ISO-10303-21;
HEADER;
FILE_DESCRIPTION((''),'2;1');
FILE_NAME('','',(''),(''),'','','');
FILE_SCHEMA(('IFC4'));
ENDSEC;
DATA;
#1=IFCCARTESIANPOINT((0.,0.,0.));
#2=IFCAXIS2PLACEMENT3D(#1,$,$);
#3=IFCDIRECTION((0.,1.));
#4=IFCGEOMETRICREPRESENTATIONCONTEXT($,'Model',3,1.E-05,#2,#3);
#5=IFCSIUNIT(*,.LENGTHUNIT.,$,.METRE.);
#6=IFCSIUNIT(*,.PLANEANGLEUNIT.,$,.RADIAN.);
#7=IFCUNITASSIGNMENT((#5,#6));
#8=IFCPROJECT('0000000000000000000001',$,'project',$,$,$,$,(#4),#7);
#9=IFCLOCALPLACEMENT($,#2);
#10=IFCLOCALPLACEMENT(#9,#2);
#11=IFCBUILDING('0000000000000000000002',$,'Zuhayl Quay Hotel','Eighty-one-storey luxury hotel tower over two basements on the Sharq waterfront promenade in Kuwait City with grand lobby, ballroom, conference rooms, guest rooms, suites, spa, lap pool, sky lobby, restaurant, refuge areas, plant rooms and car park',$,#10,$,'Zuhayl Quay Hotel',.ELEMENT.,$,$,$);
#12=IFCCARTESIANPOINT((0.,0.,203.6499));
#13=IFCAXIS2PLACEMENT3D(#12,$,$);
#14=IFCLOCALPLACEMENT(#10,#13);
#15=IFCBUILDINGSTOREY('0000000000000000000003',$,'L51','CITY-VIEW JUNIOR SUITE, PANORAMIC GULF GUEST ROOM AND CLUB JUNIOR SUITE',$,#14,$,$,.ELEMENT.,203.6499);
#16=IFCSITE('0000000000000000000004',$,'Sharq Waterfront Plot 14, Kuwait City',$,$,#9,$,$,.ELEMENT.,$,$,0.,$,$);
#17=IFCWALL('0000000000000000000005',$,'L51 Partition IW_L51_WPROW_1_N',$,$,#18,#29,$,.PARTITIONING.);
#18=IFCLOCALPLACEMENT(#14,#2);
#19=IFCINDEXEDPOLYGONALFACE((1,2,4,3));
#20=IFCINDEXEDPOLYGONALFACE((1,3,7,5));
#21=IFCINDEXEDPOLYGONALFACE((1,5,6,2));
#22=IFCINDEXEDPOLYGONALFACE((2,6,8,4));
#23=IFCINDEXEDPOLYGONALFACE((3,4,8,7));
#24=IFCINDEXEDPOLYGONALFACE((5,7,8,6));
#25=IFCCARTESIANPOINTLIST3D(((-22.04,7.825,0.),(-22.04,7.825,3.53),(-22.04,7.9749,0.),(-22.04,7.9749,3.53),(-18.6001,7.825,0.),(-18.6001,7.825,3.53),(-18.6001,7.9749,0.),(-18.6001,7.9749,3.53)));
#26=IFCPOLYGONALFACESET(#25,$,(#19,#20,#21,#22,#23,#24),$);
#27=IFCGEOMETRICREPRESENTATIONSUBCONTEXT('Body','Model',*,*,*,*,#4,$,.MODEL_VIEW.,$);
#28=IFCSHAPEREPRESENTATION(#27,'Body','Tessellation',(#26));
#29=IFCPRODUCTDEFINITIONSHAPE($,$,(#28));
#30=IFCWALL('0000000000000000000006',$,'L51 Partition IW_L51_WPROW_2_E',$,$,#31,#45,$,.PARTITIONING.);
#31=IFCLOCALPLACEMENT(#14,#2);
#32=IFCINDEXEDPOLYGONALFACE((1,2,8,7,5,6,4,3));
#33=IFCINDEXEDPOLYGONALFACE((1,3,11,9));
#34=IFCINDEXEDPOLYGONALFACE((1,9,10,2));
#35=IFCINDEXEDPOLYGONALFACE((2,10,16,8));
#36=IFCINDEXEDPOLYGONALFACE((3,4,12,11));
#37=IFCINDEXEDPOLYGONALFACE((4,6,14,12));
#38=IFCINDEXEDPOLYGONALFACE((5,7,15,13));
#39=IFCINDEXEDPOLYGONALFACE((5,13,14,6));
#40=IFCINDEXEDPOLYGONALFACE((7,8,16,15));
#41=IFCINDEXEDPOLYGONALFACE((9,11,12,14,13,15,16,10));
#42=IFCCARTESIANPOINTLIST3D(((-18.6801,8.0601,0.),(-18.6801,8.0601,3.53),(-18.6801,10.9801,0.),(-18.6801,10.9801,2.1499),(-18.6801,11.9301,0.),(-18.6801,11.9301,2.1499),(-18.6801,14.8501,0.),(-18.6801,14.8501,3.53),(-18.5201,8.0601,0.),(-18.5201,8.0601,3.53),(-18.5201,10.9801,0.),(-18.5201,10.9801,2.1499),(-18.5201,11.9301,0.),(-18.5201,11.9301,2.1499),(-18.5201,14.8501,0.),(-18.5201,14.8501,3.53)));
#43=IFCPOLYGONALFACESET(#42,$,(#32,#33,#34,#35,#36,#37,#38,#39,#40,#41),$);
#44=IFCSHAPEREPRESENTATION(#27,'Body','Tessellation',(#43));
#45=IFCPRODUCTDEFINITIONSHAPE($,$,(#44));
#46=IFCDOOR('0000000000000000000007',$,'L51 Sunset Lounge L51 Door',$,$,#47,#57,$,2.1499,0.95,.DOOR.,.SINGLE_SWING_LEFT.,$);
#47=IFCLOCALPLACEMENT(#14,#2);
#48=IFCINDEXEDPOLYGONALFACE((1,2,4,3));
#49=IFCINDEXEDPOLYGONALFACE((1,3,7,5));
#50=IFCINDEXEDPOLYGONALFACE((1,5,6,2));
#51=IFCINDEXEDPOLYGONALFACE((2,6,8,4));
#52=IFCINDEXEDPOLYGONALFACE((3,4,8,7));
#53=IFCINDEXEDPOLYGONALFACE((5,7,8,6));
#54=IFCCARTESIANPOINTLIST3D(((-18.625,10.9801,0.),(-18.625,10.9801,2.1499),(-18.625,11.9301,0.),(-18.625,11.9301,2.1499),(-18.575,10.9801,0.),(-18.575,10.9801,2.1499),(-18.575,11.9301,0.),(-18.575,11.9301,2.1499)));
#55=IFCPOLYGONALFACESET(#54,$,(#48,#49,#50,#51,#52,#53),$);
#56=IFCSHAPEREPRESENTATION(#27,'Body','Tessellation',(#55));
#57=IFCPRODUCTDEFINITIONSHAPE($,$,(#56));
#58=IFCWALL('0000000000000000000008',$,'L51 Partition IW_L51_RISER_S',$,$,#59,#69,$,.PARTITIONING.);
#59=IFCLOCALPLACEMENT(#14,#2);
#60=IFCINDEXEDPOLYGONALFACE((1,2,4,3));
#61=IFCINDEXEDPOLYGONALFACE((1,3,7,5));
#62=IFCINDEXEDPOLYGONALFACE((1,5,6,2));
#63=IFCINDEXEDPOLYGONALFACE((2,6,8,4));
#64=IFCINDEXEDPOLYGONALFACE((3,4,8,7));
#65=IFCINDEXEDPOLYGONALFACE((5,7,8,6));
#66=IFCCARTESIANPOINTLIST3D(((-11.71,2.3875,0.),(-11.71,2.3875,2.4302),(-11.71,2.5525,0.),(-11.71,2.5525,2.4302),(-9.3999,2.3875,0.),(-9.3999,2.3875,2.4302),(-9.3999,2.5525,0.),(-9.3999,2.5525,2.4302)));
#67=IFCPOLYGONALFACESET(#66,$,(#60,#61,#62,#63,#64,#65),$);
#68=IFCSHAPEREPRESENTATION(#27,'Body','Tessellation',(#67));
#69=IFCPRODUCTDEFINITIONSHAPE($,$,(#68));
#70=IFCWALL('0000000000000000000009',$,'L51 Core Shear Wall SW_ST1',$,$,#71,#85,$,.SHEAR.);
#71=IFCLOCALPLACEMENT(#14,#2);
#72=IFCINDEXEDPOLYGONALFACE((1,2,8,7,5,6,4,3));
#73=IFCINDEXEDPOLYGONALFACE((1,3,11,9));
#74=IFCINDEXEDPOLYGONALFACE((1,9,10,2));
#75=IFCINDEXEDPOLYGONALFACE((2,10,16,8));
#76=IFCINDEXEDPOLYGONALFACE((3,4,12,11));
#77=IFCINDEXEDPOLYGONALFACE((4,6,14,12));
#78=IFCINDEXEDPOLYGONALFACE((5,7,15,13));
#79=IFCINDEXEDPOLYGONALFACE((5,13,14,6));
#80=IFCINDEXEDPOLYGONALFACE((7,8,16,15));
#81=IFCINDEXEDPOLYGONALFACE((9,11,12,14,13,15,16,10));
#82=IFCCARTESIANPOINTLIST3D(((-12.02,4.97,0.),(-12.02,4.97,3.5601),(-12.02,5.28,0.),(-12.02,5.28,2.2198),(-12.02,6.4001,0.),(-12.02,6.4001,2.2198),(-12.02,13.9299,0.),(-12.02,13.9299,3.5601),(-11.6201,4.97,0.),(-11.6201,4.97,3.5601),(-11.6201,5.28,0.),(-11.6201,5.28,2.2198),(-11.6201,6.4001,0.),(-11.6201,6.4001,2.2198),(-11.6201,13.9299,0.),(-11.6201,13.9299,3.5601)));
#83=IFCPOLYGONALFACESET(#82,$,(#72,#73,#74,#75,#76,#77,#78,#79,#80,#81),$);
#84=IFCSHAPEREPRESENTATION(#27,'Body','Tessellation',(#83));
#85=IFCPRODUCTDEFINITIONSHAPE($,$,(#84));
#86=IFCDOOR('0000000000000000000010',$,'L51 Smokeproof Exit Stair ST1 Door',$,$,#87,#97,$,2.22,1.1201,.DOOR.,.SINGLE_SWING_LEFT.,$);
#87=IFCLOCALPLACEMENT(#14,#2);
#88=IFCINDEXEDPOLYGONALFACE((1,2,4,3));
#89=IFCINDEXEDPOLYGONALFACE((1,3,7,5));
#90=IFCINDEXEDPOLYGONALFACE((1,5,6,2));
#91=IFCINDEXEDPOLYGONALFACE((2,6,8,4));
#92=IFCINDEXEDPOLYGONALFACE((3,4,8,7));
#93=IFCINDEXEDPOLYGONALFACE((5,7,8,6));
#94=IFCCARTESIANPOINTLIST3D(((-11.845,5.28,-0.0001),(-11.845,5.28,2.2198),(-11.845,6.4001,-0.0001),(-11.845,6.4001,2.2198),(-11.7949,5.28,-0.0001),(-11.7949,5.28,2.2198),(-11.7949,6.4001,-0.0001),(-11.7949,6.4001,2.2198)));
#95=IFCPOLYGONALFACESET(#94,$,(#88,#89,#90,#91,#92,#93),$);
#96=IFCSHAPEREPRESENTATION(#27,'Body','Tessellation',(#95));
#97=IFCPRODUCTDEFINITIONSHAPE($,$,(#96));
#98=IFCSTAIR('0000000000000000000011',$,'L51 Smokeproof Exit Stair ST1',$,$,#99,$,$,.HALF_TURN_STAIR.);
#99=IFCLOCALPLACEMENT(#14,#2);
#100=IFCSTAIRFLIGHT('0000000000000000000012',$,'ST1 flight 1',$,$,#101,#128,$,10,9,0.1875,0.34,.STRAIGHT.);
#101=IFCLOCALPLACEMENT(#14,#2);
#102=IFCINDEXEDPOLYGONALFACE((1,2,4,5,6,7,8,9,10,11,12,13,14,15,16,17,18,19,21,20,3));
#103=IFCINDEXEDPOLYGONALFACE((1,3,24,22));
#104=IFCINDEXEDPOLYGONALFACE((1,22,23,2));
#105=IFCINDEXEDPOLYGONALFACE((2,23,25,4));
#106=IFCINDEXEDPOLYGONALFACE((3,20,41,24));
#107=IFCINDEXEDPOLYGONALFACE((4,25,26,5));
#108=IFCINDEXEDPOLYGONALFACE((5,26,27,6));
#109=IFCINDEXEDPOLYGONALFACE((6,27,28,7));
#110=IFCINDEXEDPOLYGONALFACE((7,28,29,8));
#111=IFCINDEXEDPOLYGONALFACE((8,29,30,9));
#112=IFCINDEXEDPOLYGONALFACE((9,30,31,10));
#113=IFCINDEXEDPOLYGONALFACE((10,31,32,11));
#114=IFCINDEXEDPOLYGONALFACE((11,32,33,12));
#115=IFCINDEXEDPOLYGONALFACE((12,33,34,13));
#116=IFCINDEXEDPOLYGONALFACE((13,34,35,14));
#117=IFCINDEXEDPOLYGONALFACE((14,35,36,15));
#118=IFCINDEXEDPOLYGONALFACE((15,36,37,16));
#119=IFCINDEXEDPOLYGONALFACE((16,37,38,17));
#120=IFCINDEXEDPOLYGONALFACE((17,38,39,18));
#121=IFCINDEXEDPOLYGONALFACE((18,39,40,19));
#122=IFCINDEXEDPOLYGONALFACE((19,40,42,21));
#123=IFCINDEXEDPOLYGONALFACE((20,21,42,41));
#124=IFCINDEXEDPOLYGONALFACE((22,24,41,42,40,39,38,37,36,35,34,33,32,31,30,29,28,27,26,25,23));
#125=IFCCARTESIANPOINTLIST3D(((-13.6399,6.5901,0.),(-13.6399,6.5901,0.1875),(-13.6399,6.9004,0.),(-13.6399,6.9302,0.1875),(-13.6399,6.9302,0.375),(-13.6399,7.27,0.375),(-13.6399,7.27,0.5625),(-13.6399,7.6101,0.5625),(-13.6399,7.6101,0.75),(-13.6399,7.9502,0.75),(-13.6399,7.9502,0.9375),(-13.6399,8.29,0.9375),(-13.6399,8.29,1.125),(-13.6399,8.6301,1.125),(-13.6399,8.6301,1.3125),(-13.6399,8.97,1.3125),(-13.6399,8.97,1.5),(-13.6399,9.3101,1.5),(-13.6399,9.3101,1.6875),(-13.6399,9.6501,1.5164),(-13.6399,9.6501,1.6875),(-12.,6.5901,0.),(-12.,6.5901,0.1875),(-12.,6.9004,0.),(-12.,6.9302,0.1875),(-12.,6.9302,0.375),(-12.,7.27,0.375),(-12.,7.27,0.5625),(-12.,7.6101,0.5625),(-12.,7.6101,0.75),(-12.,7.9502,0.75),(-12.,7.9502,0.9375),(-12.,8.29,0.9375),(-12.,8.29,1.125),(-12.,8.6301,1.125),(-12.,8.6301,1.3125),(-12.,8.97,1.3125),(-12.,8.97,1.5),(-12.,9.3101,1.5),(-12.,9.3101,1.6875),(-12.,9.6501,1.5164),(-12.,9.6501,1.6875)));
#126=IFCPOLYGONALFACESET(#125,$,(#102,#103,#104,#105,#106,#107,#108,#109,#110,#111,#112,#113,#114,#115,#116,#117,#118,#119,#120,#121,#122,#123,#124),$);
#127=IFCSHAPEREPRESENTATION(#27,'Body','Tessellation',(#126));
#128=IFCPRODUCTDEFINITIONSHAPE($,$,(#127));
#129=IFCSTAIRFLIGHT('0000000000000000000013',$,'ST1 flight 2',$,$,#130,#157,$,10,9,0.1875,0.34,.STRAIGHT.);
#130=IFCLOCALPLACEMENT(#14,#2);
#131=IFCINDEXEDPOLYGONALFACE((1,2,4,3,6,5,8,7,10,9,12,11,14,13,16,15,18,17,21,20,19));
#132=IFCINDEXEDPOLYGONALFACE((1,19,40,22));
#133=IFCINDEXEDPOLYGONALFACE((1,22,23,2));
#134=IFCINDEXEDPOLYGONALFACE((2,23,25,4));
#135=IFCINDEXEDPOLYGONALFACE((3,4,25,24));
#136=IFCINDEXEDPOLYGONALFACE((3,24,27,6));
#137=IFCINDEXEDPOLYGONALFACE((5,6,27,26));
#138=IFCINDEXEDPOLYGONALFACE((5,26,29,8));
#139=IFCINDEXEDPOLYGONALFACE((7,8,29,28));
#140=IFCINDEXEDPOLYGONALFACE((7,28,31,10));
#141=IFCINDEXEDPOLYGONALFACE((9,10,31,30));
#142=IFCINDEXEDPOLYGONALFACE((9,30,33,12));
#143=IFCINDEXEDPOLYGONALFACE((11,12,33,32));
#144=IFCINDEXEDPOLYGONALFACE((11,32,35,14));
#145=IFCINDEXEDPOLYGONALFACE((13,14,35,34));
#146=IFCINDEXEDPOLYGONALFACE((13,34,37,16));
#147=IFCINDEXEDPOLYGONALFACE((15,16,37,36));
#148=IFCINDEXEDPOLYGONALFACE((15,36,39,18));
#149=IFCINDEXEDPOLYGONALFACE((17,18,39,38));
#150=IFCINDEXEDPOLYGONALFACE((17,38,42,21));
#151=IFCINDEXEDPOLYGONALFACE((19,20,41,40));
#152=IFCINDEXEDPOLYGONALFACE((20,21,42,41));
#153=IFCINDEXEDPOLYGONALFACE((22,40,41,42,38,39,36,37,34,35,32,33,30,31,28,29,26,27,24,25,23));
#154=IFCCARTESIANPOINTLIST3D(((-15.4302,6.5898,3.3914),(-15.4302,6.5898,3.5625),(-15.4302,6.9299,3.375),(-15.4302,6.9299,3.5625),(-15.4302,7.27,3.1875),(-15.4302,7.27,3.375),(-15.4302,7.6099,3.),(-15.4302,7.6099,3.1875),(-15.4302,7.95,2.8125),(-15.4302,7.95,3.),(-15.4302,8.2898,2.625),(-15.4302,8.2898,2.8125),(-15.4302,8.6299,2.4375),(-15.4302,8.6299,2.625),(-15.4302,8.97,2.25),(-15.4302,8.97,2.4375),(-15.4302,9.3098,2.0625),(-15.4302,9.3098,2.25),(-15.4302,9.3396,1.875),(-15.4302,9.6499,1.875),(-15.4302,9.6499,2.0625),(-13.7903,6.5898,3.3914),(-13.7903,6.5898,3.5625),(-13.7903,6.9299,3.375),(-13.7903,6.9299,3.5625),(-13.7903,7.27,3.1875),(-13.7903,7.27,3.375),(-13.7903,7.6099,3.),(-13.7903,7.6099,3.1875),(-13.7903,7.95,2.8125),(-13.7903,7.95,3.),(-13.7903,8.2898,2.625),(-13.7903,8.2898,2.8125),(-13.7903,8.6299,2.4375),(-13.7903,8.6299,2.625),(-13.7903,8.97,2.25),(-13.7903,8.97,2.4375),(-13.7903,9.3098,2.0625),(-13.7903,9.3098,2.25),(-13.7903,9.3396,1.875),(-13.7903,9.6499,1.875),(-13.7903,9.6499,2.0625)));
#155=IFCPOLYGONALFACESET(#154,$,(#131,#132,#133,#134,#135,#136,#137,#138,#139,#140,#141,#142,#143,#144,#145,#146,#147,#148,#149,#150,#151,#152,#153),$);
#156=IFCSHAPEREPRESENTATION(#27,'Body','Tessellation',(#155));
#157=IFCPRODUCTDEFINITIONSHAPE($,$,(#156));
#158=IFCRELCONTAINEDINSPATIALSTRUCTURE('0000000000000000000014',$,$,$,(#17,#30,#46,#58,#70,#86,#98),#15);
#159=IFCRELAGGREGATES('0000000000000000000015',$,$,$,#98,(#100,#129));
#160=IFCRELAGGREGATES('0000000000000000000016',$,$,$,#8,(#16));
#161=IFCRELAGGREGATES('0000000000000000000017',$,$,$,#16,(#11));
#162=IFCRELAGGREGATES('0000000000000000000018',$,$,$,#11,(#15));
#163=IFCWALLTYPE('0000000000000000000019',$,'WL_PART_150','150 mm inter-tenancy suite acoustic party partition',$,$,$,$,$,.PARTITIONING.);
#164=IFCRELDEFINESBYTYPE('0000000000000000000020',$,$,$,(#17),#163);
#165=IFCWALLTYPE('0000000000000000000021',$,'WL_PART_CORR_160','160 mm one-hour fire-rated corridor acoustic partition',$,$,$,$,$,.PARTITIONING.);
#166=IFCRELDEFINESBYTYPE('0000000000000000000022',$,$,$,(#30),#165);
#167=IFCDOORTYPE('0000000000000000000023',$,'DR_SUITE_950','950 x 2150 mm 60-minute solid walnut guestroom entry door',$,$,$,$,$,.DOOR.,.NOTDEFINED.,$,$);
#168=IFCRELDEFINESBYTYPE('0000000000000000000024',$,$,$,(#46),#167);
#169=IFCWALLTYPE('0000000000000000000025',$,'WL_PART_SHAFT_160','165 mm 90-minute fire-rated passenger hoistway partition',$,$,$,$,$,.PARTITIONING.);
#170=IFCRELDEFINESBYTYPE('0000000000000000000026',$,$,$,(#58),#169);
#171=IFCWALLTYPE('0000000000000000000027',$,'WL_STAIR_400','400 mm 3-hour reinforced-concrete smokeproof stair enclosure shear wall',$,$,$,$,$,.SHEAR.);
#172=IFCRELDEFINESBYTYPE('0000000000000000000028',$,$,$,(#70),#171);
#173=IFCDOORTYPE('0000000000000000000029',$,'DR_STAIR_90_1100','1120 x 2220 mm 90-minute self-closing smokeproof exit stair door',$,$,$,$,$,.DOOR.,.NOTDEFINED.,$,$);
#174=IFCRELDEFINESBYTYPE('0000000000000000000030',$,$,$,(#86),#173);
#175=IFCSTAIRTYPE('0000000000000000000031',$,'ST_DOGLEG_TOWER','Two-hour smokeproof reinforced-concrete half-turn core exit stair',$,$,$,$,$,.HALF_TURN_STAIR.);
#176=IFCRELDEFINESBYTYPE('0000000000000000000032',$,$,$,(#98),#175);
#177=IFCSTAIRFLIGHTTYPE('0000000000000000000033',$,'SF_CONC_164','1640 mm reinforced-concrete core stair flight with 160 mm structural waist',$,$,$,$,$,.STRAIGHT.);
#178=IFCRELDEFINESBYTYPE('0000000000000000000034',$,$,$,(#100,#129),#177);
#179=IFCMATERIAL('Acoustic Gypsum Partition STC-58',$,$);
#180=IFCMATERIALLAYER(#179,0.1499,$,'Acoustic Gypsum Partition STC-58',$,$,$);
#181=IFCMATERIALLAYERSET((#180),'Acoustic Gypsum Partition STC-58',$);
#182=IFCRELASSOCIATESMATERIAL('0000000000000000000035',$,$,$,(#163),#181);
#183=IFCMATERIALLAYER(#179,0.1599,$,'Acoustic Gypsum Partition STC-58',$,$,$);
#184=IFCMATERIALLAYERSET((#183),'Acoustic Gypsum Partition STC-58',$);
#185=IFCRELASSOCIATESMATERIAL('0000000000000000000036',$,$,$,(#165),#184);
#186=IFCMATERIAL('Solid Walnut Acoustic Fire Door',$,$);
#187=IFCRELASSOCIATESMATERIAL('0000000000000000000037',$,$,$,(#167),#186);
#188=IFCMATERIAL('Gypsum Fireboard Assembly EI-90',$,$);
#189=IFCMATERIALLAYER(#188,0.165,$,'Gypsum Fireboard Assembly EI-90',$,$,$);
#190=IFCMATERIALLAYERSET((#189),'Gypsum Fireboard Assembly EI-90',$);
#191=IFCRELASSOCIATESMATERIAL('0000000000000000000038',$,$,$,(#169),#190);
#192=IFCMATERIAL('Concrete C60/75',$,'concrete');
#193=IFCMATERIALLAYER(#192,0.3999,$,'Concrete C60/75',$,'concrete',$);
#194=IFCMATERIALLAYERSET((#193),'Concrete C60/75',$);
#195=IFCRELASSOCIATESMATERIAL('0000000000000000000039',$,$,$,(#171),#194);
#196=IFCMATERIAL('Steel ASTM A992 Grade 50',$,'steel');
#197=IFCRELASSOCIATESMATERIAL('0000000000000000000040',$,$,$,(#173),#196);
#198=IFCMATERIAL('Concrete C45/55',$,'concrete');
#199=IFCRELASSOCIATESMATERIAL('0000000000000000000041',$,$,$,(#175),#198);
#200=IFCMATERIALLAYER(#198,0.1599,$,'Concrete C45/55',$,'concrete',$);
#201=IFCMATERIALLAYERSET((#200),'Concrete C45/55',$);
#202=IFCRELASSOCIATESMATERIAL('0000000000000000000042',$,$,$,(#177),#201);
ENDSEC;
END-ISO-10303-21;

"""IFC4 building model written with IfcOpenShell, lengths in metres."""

from ifc_helpers import new_model, si_unit, direction, frame, frame_2d, origin, place, context, subcontext, project, spatial, polyline, rectangle, outline, extrude, material, layer, layer_set, type_object, element, fill, aggregate, save


model = new_model("IFC4")

# Units and contexts
model_context = context("Model", 3, precision=1e-05, world=origin(), true_north=direction((0.0, 1.0)))
body_context = subcontext(model_context, "Body", "Model", "MODEL_VIEW")
ifc_project = project(units=[si_unit("LENGTHUNIT", "METRE"), si_unit("PLANEANGLEUNIT", "RADIAN")], contexts=[model_context])

# Site, building, storey
site_placement = place(None, origin())
site = spatial("IfcSite", under=ifc_project, at=site_placement, Name="Sharq Waterfront Plot 14, Kuwait City", CompositionType="ELEMENT", RefElevation=0.0)
building_placement = place(site_placement, origin())
building = spatial("IfcBuilding", under=site, at=building_placement, Name="Zuhayl Quay Hotel", Description="Eighty-one-storey luxury hotel tower over two basements on the Sharq waterfront promenade in Kuwait City with grand lobby, ballroom, conference rooms, guest rooms, suites, spa, lap pool, sky lobby, restaurant, refuge areas, plant rooms and car park", LongName="Zuhayl Quay Hotel", CompositionType="ELEMENT")
storey_placement = place(building_placement, frame((0.0, 0.0, 203.6499)))
storey = spatial("IfcBuildingStorey", under=building, at=storey_placement, Name="L51", Description="CITY-VIEW JUNIOR SUITE, PANORAMIC GULF GUEST ROOM AND CLUB JUNIOR SUITE", CompositionType="ELEMENT", Elevation=203.6499)

# Shared definitions
ifc_material_1 = material(Name="Concrete C60/75", Category="concrete")

# Wall
ifc_material_2 = material(Name="Acoustic Gypsum Partition STC-58")
ifc_layer_1 = layer(ifc_material_2, 0.1499, Name="Acoustic Gypsum Partition STC-58")
ifc_layer_set_1 = layer_set([ifc_layer_1], Name="Acoustic Gypsum Partition STC-58")
wall_type_1 = type_object("IfcWallType", Name="WL_PART_150", Description="150 mm inter-tenancy suite acoustic party partition", PredefinedType="PARTITIONING", material=ifc_layer_set_1)
wall_1_placement = place(storey_placement, frame((-22.04, 7.8999, 0.0), z_axis=(0.0, 0.0, 1.0), x_axis=(1.0, 0.0, 0.0)))
element("IfcWall", 1, at=wall_1_placement, inside=storey, type_object=wall_type_1, Name="L51 Partition IW_L51_WPROW_1_N", PredefinedType="PARTITIONING", context=body_context, shape_type="SweptSolid", body=[
    extrude(rectangle(XDim=3.4399, YDim=0.1499, at=frame_2d((1.72, 0.0))), origin(), (0.0, 0.0, 1.0), 3.53),
])

# Wall, opening, door
ifc_layer_2 = layer(ifc_material_2, 0.1599, Name="Acoustic Gypsum Partition STC-58")
ifc_layer_set_2 = layer_set([ifc_layer_2], Name="Acoustic Gypsum Partition STC-58")
wall_type_2 = type_object("IfcWallType", Name="WL_PART_CORR_160", Description="160 mm one-hour fire-rated corridor acoustic partition", PredefinedType="PARTITIONING", material=ifc_layer_set_2)
wall_2_placement = place(storey_placement, frame((-18.6001, 8.0601, 0.0), z_axis=(0.0, 0.0, 1.0), x_axis=(0.0, 1.0, 0.0)))
wall_2 = element("IfcWall", 2, at=wall_2_placement, inside=storey, type_object=wall_type_2, Name="L51 Partition IW_L51_WPROW_2_E", PredefinedType="PARTITIONING", context=body_context, shape_type="SweptSolid", body=[
    extrude(rectangle(XDim=6.79, YDim=0.1599, at=frame_2d((3.395, 0.0))), origin(), (0.0, 0.0, 1.0), 3.53),
])
opening_1_placement = place(wall_2_placement, frame((2.9199, 0.0, 0.0)))
opening_1 = element("IfcOpeningElement", 3, at=opening_1_placement, cuts=wall_2, PredefinedType="OPENING", context=body_context, shape_type="SweptSolid", body=[
    extrude(rectangle(XDim=0.95, YDim=2.1499, at=frame_2d((0.4751, 1.075))), frame((0.0, 0.0898, 0.0), z_axis=(0.0, -1.0, 0.0), x_axis=(1.0, 0.0, 0.0)), (0.0, 0.0, 1.0), 0.1799),
])
ifc_material_3 = material(Name="Solid Walnut Acoustic Fire Door")
door_type_1 = type_object("IfcDoorType", Name="DR_SUITE_950", Description="950 x 2150 mm 60-minute solid walnut guestroom entry door", OperationType="NOTDEFINED", PredefinedType="DOOR", material=ifc_material_3)
door_1_placement = place(opening_1_placement, origin())
door_1 = element("IfcDoor", 4, at=door_1_placement, inside=storey, type_object=door_type_1, Name="L51 Sunset Lounge L51 Door", OperationType="SINGLE_SWING_LEFT", OverallHeight=2.1499, OverallWidth=0.95, PredefinedType="DOOR", context=body_context, shape_type="SweptSolid", body=[
    extrude(rectangle(XDim=0.95, YDim=2.1499, at=frame_2d((0.4751, 1.075))), frame((0.0, 0.0249, 0.0), z_axis=(0.0, -1.0, 0.0), x_axis=(1.0, 0.0, 0.0)), (0.0, 0.0, 1.0), 0.05),
])
fill(opening_1, door_1)

# Wall
ifc_material_4 = material(Name="Gypsum Fireboard Assembly EI-90")
ifc_layer_3 = layer(ifc_material_4, 0.165, Name="Gypsum Fireboard Assembly EI-90")
ifc_layer_set_3 = layer_set([ifc_layer_3], Name="Gypsum Fireboard Assembly EI-90")
wall_type_3 = type_object("IfcWallType", Name="WL_PART_SHAFT_160", Description="165 mm 90-minute fire-rated passenger hoistway partition", PredefinedType="PARTITIONING", material=ifc_layer_set_3)
wall_3_placement = place(storey_placement, frame((-11.71, 2.47, 0.0), z_axis=(0.0, 0.0, 1.0), x_axis=(1.0, 0.0, 0.0)))
element("IfcWall", 5, at=wall_3_placement, inside=storey, type_object=wall_type_3, Name="L51 Partition IW_L51_RISER_S", PredefinedType="PARTITIONING", context=body_context, shape_type="SweptSolid", body=[
    extrude(rectangle(XDim=2.3101, YDim=0.165, at=frame_2d((1.155, 0.0))), origin(), (0.0, 0.0, 1.0), 2.4302),
])

# Wall, opening, door
ifc_layer_4 = layer(ifc_material_1, 0.3999, Name="Concrete C60/75", Category="concrete")
ifc_layer_set_4 = layer_set([ifc_layer_4], Name="Concrete C60/75")
wall_type_4 = type_object("IfcWallType", Name="WL_STAIR_400", Description="400 mm 3-hour reinforced-concrete smokeproof stair enclosure shear wall", PredefinedType="SHEAR", material=ifc_layer_set_4)
wall_4_placement = place(storey_placement, frame((-11.8201, 4.97, 0.0), z_axis=(0.0, 0.0, 1.0), x_axis=(0.0, 1.0, 0.0)))
wall_4 = element("IfcWall", 6, at=wall_4_placement, inside=storey, type_object=wall_type_4, Name="L51 Core Shear Wall SW_ST1", PredefinedType="SHEAR", context=body_context, shape_type="SweptSolid", body=[
    extrude(rectangle(XDim=8.96, YDim=0.3999, at=frame_2d((4.48, 0.0))), origin(), (0.0, 0.0, 1.0), 3.5601),
])
opening_2_placement = place(wall_4_placement, frame((0.3101, 0.0, 0.0)))
opening_2 = element("IfcOpeningElement", 7, at=opening_2_placement, cuts=wall_4, PredefinedType="OPENING", context=body_context, shape_type="SweptSolid", body=[
    extrude(rectangle(XDim=1.1201, YDim=2.22, at=frame_2d((0.5601, 1.1099))), frame((0.0, 0.21, 0.0), z_axis=(0.0, -1.0, 0.0), x_axis=(1.0, 0.0, 0.0)), (0.0, 0.0, 1.0), 0.4199),
])
ifc_material_5 = material(Name="Steel ASTM A992 Grade 50", Category="steel")
door_type_2 = type_object("IfcDoorType", Name="DR_STAIR_90_1100", Description="1120 x 2220 mm 90-minute self-closing smokeproof exit stair door", OperationType="NOTDEFINED", PredefinedType="DOOR", material=ifc_material_5)
door_2_placement = place(opening_2_placement, origin())
door_2 = element("IfcDoor", 8, at=door_2_placement, inside=storey, type_object=door_type_2, Name="L51 Smokeproof Exit Stair ST1 Door", OperationType="SINGLE_SWING_LEFT", OverallHeight=2.22, OverallWidth=1.1201, PredefinedType="DOOR", context=body_context, shape_type="SweptSolid", body=[
    extrude(rectangle(XDim=1.1201, YDim=2.22, at=frame_2d((0.5601, 1.1099))), frame((0.0, 0.0249, 0.0), z_axis=(0.0, -1.0, 0.0), x_axis=(1.0, 0.0, 0.0)), (0.0, 0.0, 1.0), 0.05),
])
fill(opening_2, door_2)

# Stair, stair flights
ifc_material_6 = material(Name="Concrete C45/55", Category="concrete")
stair_type = type_object("IfcStairType", Name="ST_DOGLEG_TOWER", Description="Two-hour smokeproof reinforced-concrete half-turn core exit stair", PredefinedType="HALF_TURN_STAIR", material=ifc_material_6)
stair_placement = place(storey_placement, origin())
stair = element("IfcStair", 9, at=stair_placement, inside=storey, type_object=stair_type, Name="L51 Smokeproof Exit Stair ST1", PredefinedType="HALF_TURN_STAIR")
ifc_layer_5 = layer(ifc_material_6, 0.1599, Name="Concrete C45/55", Category="concrete")
ifc_layer_set_5 = layer_set([ifc_layer_5], Name="Concrete C45/55")
stair_flight_type = type_object("IfcStairFlightType", Name="SF_CONC_164", Description="1640 mm reinforced-concrete core stair flight with 160 mm structural waist", PredefinedType="STRAIGHT", material=ifc_layer_set_5)
stair_flight_1_placement = place(storey_placement, frame((-12.8201, 6.5901, 0.0), z_axis=(0.0, 0.0, 1.0), x_axis=(0.0, 1.0, 0.0)))
stair_flight_1 = element("IfcStairFlight", 10, at=stair_flight_1_placement, type_object=stair_flight_type, Name="ST1 flight 1", NumberOfRisers=10, NumberOfTreads=9, PredefinedType="STRAIGHT", RiserHeight=0.1875, TreadLength=0.34, context=body_context, shape_type="SweptSolid", body=[
    extrude(outline(polyline([(0.0, 0.0), (0.0, 0.1875), (0.3401, 0.1875), (0.3401, 0.375), (0.6799, 0.375), (0.6799, 0.5625), (1.02, 0.5625), (1.02, 0.75), (1.3601, 0.75), (1.3601, 0.9375), (1.7, 0.9375), (1.7, 1.125), (2.04, 1.125), (2.04, 1.3125), (2.3799, 1.3125), (2.3799, 1.5), (2.72, 1.5), (2.72, 1.6875), (3.0601, 1.6875), (3.0601, 1.875), (3.0601, 1.5164), (0.3103, 0.0), (0.0, 0.0)])), frame((0.0, 0.8198, 0.0), z_axis=(0.0, -1.0, 0.0), x_axis=(1.0, 0.0, 0.0)), (0.0, 0.0, 1.0), 1.6399),
])
stair_flight_2_placement = place(storey_placement, frame((-14.6101, 9.6499, 1.875), z_axis=(0.0, 0.0, 1.0), x_axis=(0.0, -1.0, 0.0)))
stair_flight_2 = element("IfcStairFlight", 11, at=stair_flight_2_placement, type_object=stair_flight_type, Name="ST1 flight 2", NumberOfRisers=10, NumberOfTreads=9, PredefinedType="STRAIGHT", RiserHeight=0.1875, TreadLength=0.34, context=body_context, shape_type="SweptSolid", body=[
    extrude(outline(polyline([(0.0, 0.0), (0.0, 0.1875), (0.3401, 0.1875), (0.3401, 0.375), (0.6799, 0.375), (0.6799, 0.5625), (1.02, 0.5625), (1.02, 0.75), (1.3601, 0.75), (1.3601, 0.9375), (1.7, 0.9375), (1.7, 1.125), (2.04, 1.125), (2.04, 1.3125), (2.3799, 1.3125), (2.3799, 1.5), (2.72, 1.5), (2.72, 1.6875), (3.0601, 1.6875), (3.0601, 1.875), (3.0601, 1.5164), (0.3103, 0.0), (0.0, 0.0)])), frame((0.0, 0.8198, 0.0), z_axis=(0.0, -1.0, 0.0), x_axis=(1.0, 0.0, 0.0)), (0.0, 0.0, 1.0), 1.6399),
])
aggregate(stair, [stair_flight_1, stair_flight_2])

save(model, "model.ifc")
